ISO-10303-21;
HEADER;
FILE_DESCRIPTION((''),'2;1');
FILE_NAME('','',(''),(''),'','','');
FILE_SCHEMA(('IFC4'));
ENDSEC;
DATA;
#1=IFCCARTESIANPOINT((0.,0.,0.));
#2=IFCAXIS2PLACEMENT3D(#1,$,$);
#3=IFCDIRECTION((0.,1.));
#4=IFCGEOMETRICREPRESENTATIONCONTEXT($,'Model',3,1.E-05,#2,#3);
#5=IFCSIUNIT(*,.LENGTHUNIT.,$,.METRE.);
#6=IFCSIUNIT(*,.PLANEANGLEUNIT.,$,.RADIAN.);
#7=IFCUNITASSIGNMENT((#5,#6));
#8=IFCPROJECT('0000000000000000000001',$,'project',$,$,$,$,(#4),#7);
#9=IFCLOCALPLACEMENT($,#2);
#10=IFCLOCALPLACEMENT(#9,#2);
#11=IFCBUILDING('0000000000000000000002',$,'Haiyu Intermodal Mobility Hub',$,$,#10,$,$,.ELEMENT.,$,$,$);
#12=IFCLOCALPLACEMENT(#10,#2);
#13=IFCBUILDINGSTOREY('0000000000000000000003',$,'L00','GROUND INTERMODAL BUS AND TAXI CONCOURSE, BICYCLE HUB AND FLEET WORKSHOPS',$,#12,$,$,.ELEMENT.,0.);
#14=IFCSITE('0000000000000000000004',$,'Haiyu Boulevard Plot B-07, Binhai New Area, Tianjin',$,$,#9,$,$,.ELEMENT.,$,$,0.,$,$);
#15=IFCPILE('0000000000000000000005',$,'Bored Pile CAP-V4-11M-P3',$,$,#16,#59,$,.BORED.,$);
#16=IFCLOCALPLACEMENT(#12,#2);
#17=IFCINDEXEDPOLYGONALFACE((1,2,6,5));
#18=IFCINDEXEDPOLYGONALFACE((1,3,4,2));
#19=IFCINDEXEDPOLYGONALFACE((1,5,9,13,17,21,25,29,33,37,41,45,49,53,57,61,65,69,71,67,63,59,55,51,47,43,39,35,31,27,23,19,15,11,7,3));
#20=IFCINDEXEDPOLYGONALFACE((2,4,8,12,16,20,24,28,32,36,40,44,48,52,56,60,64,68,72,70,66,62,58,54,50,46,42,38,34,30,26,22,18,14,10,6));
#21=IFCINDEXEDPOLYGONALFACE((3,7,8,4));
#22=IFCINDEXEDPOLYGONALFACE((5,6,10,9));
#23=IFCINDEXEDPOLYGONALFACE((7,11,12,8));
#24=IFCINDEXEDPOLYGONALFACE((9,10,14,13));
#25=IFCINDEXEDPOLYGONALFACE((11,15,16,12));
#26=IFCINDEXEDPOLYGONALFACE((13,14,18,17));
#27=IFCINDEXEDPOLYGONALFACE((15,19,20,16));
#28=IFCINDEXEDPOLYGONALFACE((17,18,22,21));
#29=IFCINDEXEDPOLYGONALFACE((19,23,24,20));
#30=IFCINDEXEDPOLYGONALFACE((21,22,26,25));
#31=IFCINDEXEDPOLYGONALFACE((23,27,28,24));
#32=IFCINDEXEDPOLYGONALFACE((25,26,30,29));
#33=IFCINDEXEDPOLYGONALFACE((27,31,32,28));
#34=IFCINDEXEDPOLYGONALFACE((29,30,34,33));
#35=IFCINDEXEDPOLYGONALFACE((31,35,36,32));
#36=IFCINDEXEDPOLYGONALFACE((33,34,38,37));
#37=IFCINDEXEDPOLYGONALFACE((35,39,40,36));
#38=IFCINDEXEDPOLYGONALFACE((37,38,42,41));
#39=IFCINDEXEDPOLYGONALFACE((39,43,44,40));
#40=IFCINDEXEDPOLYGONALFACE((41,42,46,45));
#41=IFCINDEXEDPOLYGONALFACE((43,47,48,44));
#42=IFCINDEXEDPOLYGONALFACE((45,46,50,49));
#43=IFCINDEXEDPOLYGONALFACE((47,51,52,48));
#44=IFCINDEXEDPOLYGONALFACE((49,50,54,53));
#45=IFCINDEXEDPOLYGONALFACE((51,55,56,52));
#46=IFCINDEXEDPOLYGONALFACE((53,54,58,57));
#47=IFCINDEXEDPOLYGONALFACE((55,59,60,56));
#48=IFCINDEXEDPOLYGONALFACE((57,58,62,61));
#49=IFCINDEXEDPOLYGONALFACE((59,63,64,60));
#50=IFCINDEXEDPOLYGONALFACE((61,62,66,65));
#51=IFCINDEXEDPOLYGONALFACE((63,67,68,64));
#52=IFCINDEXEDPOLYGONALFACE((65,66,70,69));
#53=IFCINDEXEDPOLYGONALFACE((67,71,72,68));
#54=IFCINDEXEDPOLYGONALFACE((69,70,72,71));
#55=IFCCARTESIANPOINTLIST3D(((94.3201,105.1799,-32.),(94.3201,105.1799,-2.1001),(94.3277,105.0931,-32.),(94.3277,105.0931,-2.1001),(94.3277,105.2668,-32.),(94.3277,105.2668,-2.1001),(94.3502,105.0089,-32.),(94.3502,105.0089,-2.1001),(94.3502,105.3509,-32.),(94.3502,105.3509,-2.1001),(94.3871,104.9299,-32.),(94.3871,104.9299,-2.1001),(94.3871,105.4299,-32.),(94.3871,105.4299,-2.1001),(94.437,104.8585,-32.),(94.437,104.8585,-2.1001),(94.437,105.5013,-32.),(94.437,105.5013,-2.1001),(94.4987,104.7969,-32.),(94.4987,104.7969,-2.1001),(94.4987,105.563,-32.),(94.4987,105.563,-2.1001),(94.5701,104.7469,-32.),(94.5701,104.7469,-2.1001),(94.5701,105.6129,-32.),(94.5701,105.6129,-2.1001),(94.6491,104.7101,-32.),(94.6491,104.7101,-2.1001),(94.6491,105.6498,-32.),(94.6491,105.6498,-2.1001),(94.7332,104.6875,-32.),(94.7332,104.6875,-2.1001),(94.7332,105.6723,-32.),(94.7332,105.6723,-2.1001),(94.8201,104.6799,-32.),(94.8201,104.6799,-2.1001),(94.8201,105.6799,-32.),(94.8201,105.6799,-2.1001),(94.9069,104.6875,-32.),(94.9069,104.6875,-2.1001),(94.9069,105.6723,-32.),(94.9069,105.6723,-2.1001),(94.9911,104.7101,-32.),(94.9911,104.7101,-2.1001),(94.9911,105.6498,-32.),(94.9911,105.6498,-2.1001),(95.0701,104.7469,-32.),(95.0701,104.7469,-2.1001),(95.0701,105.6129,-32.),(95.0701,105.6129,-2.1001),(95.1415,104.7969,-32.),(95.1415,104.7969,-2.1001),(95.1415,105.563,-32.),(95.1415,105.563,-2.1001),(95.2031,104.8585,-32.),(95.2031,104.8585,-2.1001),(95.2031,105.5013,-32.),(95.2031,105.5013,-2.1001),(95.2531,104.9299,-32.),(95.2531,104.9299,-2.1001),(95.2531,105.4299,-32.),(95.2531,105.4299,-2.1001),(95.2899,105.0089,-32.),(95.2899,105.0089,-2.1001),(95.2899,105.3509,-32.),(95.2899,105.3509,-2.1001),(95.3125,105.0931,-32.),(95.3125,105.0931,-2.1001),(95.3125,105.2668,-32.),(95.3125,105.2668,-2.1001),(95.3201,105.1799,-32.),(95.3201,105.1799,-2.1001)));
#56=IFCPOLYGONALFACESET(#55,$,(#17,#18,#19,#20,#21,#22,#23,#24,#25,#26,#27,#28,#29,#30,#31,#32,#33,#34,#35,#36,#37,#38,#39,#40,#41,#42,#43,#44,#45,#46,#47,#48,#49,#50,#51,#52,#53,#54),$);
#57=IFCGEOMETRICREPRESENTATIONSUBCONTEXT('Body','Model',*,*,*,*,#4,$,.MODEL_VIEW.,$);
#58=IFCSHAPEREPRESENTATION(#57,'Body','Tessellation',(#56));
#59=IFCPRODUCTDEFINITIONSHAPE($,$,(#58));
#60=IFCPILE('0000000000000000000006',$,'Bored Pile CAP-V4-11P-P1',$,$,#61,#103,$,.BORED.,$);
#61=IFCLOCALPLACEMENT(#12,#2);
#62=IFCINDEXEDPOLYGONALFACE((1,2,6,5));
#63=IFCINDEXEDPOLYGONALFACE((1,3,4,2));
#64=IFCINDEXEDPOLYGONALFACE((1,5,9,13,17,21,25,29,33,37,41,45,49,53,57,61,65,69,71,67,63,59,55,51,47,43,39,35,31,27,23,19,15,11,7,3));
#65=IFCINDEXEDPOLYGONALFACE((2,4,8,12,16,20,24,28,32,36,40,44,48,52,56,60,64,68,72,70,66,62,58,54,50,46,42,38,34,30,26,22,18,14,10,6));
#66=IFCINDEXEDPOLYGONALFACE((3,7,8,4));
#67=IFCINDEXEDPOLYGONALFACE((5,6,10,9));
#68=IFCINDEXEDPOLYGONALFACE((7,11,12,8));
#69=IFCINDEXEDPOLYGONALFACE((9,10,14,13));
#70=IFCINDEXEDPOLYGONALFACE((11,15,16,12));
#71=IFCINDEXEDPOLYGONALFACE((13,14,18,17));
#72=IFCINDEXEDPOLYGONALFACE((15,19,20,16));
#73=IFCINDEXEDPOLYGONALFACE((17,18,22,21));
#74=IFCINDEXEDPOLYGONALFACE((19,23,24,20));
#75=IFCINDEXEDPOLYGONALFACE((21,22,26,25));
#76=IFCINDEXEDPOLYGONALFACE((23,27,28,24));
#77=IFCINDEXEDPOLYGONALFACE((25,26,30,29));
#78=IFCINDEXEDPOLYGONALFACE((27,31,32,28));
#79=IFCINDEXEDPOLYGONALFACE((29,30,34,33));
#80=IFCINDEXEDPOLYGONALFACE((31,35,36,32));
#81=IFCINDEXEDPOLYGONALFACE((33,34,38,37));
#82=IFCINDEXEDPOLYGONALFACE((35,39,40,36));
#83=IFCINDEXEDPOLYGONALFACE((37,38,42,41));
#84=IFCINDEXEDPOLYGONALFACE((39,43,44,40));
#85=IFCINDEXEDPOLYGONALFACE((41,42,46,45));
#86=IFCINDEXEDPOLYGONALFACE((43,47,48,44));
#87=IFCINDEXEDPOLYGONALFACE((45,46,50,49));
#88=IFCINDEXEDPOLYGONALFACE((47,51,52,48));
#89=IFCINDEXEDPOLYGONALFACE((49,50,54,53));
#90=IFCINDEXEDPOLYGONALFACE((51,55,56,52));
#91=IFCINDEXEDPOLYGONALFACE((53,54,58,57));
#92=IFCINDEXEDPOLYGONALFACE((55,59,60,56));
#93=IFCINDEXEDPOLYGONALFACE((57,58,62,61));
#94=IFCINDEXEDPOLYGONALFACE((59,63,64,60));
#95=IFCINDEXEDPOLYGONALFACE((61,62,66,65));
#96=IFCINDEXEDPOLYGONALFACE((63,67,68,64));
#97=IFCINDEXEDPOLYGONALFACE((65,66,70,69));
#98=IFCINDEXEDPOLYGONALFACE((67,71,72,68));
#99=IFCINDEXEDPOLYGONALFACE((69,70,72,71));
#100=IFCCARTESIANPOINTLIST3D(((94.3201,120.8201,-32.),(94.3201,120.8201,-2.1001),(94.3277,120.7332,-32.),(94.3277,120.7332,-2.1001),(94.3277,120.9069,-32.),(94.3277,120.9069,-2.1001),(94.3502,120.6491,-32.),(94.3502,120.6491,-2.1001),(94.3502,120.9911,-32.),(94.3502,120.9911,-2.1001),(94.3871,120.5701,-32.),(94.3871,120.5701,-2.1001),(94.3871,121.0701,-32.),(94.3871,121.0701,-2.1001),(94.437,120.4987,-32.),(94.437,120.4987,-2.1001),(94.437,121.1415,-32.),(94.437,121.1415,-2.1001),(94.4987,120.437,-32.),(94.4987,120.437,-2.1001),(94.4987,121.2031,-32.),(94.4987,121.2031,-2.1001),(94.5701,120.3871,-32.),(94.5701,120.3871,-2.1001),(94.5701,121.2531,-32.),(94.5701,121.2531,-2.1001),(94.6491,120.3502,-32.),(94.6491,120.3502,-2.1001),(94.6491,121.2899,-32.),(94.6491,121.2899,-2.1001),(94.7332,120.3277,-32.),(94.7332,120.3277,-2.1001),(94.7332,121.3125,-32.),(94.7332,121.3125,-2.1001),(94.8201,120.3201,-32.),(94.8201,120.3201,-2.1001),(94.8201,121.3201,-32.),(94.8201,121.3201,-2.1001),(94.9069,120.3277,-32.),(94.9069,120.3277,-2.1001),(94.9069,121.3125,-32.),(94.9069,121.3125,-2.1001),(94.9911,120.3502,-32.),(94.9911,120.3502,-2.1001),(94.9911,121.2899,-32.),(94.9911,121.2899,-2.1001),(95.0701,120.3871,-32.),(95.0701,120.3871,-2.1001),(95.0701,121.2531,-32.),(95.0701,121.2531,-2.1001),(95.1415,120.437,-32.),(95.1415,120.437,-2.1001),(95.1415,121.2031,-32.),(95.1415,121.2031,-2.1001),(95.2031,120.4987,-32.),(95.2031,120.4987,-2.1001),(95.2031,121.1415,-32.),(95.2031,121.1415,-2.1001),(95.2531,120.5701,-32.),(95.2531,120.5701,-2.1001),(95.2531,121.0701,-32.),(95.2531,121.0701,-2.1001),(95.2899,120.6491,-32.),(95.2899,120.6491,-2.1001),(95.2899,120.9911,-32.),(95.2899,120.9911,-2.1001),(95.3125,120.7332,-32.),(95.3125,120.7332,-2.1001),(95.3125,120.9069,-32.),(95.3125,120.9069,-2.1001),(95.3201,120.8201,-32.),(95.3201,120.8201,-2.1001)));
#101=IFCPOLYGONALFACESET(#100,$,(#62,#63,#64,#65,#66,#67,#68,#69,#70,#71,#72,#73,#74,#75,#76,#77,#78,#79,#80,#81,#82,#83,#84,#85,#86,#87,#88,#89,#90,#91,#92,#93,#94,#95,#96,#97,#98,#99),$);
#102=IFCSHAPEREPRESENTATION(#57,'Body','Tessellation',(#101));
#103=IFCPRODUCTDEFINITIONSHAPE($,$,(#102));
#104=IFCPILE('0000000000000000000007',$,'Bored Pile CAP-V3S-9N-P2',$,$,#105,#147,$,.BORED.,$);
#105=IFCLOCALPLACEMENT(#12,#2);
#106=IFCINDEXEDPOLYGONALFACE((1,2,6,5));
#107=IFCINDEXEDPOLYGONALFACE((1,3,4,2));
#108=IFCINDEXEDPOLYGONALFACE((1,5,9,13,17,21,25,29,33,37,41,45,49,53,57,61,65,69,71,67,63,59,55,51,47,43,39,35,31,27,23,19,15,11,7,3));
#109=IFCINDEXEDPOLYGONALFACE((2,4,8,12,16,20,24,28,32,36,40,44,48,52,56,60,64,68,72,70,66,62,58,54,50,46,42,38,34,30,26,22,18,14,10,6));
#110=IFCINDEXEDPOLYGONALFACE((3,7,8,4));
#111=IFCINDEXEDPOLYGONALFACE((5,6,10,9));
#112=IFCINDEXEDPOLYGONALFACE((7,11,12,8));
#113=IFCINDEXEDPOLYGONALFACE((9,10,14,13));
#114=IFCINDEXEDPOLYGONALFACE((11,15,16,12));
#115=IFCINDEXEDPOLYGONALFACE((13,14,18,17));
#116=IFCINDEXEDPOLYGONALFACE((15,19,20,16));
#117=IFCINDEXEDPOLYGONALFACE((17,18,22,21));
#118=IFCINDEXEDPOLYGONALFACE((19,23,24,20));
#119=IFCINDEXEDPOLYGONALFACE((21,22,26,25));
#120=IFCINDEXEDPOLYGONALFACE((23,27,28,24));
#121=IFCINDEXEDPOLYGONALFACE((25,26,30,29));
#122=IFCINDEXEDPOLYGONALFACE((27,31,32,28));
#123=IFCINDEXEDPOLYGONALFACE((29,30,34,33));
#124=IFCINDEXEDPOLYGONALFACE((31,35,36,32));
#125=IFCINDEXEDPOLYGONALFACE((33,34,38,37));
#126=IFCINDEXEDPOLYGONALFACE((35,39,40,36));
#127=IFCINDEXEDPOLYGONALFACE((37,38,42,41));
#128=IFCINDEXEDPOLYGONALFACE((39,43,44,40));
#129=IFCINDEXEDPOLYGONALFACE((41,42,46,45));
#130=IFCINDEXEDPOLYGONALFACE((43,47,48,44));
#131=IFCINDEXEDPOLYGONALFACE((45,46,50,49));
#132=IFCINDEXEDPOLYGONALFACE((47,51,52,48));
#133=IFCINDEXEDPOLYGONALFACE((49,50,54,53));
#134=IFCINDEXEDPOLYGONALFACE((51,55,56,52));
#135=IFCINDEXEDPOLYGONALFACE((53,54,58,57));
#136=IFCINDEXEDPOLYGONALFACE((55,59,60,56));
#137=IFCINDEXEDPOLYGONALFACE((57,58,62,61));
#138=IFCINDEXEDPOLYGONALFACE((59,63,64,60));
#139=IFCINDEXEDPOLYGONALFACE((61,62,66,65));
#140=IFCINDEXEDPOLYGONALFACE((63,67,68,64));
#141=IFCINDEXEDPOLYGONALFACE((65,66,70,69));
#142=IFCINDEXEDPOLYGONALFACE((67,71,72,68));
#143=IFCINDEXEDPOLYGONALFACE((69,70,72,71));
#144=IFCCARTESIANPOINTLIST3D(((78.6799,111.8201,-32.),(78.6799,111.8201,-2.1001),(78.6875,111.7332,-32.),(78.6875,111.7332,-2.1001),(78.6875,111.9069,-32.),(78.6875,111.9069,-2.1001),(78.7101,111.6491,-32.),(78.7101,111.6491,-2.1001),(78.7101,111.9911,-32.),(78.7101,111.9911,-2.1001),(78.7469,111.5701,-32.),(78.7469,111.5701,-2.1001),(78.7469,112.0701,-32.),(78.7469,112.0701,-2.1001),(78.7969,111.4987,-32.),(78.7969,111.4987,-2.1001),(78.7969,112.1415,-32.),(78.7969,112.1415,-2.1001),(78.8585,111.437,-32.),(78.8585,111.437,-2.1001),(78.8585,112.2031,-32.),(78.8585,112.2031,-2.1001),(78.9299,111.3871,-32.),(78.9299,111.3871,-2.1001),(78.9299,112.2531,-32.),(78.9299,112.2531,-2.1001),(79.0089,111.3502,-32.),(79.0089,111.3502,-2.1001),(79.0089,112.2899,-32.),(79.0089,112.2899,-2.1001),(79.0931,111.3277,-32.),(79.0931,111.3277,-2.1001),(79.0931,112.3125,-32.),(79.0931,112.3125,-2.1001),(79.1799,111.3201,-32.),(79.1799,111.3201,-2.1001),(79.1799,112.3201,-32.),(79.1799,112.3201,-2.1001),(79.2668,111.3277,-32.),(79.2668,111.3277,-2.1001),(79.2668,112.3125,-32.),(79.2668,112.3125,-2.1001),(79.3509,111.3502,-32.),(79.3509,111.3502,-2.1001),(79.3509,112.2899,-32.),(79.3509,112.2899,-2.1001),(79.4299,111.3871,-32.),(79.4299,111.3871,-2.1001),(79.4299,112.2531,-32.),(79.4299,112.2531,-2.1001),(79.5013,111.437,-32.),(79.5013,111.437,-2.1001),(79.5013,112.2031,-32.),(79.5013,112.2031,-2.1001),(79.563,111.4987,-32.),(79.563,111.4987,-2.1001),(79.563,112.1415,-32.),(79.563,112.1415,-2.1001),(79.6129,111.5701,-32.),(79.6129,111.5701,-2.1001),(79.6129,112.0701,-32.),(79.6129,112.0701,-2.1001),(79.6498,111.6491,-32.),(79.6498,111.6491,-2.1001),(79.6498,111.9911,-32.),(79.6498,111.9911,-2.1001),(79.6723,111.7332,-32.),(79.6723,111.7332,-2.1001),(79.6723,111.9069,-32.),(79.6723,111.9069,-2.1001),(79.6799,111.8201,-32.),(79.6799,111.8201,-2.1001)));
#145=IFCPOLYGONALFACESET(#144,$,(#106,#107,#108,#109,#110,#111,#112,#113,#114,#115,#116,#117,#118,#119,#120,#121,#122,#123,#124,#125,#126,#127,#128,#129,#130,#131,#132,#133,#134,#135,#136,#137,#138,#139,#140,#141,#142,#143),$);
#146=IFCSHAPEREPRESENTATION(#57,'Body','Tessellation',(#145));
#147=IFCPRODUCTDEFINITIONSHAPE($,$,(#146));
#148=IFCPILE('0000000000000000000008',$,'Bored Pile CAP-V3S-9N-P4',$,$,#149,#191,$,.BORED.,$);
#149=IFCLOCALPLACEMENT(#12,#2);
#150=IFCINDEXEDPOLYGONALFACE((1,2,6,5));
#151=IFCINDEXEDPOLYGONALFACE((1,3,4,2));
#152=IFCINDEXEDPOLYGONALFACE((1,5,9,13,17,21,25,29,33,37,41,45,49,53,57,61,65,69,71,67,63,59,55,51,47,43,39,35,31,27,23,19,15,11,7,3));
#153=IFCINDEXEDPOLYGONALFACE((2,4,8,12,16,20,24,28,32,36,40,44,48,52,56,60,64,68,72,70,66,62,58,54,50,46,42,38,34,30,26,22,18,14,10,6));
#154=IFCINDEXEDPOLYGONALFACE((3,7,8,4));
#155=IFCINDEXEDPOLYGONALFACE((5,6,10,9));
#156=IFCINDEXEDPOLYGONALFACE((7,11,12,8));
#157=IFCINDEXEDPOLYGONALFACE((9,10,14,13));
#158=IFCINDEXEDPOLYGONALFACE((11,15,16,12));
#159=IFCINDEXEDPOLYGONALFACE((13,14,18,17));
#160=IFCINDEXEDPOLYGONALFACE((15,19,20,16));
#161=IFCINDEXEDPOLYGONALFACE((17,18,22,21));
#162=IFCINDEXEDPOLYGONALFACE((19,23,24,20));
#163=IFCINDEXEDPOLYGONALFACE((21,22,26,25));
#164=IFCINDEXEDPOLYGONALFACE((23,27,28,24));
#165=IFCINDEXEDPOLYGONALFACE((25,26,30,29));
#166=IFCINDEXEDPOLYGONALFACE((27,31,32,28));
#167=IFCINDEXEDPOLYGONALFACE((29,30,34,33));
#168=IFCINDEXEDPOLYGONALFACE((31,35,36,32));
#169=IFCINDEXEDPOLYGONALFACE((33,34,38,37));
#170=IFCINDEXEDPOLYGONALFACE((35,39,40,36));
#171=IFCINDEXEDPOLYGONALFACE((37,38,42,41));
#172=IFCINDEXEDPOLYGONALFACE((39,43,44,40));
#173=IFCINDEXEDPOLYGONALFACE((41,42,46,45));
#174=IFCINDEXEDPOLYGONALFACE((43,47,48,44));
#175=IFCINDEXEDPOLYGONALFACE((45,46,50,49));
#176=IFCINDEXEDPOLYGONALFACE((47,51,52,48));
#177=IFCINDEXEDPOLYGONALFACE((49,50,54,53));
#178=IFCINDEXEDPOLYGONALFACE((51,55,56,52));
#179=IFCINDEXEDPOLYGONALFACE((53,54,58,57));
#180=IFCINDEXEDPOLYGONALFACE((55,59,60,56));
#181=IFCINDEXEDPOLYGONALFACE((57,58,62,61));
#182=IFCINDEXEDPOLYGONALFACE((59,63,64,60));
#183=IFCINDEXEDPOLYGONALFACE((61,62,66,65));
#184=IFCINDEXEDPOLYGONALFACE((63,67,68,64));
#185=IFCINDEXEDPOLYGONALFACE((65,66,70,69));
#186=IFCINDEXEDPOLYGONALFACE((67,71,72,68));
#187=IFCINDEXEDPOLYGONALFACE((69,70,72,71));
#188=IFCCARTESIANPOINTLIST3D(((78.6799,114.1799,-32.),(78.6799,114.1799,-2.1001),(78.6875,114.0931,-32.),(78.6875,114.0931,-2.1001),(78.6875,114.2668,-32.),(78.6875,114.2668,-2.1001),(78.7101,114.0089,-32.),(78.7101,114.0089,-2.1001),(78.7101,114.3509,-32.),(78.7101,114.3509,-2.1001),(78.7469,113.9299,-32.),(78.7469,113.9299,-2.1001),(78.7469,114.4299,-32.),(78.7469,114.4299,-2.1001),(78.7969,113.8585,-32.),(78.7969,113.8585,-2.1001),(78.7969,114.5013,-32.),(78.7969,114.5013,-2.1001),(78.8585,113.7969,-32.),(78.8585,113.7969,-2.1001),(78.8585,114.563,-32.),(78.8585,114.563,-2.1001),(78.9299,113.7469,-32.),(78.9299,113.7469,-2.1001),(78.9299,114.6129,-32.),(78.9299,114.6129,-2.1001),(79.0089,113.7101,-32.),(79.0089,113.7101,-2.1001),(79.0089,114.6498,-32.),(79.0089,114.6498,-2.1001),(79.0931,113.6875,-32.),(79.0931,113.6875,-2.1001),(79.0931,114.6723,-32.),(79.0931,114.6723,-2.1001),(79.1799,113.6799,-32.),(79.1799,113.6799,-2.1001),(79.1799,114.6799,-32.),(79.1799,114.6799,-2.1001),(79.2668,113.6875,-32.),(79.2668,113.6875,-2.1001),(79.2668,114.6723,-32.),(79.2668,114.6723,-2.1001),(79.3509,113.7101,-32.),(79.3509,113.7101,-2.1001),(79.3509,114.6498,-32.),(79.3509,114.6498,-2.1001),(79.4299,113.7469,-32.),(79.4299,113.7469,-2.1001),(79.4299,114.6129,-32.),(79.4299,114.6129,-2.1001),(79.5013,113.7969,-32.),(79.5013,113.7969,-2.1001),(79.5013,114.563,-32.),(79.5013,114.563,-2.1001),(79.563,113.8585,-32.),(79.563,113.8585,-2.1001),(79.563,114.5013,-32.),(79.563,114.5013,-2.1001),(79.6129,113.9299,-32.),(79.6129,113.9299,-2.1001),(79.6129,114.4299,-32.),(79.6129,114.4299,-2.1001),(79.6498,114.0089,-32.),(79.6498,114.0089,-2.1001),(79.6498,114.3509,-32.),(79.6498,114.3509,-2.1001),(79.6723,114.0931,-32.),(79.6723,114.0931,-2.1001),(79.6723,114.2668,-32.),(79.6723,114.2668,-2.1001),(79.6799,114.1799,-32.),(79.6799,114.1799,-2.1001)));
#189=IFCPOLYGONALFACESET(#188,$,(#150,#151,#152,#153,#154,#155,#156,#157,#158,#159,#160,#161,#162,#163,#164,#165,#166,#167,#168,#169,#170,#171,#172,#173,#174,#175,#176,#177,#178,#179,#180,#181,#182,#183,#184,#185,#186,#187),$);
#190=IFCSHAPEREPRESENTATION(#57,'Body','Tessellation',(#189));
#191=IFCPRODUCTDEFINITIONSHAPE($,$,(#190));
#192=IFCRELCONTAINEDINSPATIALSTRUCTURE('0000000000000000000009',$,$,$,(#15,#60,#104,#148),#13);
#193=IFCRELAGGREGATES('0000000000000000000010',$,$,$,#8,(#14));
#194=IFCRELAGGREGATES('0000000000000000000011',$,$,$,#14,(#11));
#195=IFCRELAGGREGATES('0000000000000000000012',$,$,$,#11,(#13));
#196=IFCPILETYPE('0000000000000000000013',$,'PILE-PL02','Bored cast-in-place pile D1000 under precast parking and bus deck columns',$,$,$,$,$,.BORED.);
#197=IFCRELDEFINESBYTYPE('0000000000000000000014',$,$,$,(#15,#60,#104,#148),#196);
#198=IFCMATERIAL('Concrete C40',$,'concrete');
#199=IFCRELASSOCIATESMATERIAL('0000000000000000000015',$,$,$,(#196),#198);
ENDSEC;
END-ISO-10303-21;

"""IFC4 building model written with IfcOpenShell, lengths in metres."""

from ifc_helpers import new_model, si_unit, direction, frame, origin, origin_2d, place, context, subcontext, project, spatial, circle, extrude, material, material_profile, profile_set, type_object, element, save


model = new_model("IFC4")

# Units and contexts
model_context = context("Model", 3, precision=1e-05, world=origin(), true_north=direction((0.0, 1.0)))
body_context = subcontext(model_context, "Body", "Model", "MODEL_VIEW")
ifc_project = project(units=[si_unit("LENGTHUNIT", "METRE"), si_unit("PLANEANGLEUNIT", "RADIAN")], contexts=[model_context])

# Site, building, storey
site_placement = place(None, origin())
site = spatial("IfcSite", under=ifc_project, at=site_placement, Name="Haiyu Boulevard Plot B-07, Binhai New Area, Tianjin", CompositionType="ELEMENT", RefElevation=0.0)
building_placement = place(site_placement, origin())
building = spatial("IfcBuilding", under=site, at=building_placement, Name="Haiyu Intermodal Mobility Hub", CompositionType="ELEMENT")
storey_placement = place(building_placement, origin())
storey = spatial("IfcBuildingStorey", under=building, at=storey_placement, Name="L00", Description="GROUND INTERMODAL BUS AND TAXI CONCOURSE, BICYCLE HUB AND FLEET WORKSHOPS", CompositionType="ELEMENT", Elevation=0.0)

# Shared definitions
ifc_material_1 = material(Name="Concrete C40", Category="concrete")

# Piles
ifc_material_profile_1 = material_profile(ifc_material_1, circle(Radius=0.5, at=origin_2d()), Name="PILE-D1000")
ifc_profile_set_1 = profile_set([ifc_material_profile_1], Name="Concrete C40")
pile_type = type_object("IfcPileType", Name="PILE-PL02", Description="Bored cast-in-place pile D1000 under precast parking and bus deck columns", PredefinedType="BORED", material=ifc_profile_set_1)
for number, where, z_axis, x_axis, name in (
    (1, (94.8201, 105.1799, -2.1001), (0.0, 0.0, -1.0), (1.0, 0.0, 0.0), "Bored Pile CAP-V4-11M-P3"),
    (2, (94.8201, 120.8201, -2.1001), (0.0, 0.0, -1.0), (1.0, 0.0, 0.0), "Bored Pile CAP-V4-11P-P1"),
    (3, (79.1799, 111.8201, -2.1001), (0.0, 0.0, -1.0), (1.0, 0.0, 0.0), "Bored Pile CAP-V3S-9N-P2"),
    (4, (79.1799, 114.1799, -2.1001), (0.0, 0.0, -1.0), (1.0, 0.0, 0.0), "Bored Pile CAP-V3S-9N-P4"),
):
    element("IfcPile", number, at=place(storey_placement, frame(where, z_axis=z_axis, x_axis=x_axis)), inside=storey, type_object=pile_type, Name=name, PredefinedType="BORED", context=body_context, shape_type="SweptSolid", body=[
        extrude(circle(Radius=0.5, at=origin_2d()), origin(), (0.0, 0.0, 1.0), 29.8999),
    ])

save(model, "model.ifc")
